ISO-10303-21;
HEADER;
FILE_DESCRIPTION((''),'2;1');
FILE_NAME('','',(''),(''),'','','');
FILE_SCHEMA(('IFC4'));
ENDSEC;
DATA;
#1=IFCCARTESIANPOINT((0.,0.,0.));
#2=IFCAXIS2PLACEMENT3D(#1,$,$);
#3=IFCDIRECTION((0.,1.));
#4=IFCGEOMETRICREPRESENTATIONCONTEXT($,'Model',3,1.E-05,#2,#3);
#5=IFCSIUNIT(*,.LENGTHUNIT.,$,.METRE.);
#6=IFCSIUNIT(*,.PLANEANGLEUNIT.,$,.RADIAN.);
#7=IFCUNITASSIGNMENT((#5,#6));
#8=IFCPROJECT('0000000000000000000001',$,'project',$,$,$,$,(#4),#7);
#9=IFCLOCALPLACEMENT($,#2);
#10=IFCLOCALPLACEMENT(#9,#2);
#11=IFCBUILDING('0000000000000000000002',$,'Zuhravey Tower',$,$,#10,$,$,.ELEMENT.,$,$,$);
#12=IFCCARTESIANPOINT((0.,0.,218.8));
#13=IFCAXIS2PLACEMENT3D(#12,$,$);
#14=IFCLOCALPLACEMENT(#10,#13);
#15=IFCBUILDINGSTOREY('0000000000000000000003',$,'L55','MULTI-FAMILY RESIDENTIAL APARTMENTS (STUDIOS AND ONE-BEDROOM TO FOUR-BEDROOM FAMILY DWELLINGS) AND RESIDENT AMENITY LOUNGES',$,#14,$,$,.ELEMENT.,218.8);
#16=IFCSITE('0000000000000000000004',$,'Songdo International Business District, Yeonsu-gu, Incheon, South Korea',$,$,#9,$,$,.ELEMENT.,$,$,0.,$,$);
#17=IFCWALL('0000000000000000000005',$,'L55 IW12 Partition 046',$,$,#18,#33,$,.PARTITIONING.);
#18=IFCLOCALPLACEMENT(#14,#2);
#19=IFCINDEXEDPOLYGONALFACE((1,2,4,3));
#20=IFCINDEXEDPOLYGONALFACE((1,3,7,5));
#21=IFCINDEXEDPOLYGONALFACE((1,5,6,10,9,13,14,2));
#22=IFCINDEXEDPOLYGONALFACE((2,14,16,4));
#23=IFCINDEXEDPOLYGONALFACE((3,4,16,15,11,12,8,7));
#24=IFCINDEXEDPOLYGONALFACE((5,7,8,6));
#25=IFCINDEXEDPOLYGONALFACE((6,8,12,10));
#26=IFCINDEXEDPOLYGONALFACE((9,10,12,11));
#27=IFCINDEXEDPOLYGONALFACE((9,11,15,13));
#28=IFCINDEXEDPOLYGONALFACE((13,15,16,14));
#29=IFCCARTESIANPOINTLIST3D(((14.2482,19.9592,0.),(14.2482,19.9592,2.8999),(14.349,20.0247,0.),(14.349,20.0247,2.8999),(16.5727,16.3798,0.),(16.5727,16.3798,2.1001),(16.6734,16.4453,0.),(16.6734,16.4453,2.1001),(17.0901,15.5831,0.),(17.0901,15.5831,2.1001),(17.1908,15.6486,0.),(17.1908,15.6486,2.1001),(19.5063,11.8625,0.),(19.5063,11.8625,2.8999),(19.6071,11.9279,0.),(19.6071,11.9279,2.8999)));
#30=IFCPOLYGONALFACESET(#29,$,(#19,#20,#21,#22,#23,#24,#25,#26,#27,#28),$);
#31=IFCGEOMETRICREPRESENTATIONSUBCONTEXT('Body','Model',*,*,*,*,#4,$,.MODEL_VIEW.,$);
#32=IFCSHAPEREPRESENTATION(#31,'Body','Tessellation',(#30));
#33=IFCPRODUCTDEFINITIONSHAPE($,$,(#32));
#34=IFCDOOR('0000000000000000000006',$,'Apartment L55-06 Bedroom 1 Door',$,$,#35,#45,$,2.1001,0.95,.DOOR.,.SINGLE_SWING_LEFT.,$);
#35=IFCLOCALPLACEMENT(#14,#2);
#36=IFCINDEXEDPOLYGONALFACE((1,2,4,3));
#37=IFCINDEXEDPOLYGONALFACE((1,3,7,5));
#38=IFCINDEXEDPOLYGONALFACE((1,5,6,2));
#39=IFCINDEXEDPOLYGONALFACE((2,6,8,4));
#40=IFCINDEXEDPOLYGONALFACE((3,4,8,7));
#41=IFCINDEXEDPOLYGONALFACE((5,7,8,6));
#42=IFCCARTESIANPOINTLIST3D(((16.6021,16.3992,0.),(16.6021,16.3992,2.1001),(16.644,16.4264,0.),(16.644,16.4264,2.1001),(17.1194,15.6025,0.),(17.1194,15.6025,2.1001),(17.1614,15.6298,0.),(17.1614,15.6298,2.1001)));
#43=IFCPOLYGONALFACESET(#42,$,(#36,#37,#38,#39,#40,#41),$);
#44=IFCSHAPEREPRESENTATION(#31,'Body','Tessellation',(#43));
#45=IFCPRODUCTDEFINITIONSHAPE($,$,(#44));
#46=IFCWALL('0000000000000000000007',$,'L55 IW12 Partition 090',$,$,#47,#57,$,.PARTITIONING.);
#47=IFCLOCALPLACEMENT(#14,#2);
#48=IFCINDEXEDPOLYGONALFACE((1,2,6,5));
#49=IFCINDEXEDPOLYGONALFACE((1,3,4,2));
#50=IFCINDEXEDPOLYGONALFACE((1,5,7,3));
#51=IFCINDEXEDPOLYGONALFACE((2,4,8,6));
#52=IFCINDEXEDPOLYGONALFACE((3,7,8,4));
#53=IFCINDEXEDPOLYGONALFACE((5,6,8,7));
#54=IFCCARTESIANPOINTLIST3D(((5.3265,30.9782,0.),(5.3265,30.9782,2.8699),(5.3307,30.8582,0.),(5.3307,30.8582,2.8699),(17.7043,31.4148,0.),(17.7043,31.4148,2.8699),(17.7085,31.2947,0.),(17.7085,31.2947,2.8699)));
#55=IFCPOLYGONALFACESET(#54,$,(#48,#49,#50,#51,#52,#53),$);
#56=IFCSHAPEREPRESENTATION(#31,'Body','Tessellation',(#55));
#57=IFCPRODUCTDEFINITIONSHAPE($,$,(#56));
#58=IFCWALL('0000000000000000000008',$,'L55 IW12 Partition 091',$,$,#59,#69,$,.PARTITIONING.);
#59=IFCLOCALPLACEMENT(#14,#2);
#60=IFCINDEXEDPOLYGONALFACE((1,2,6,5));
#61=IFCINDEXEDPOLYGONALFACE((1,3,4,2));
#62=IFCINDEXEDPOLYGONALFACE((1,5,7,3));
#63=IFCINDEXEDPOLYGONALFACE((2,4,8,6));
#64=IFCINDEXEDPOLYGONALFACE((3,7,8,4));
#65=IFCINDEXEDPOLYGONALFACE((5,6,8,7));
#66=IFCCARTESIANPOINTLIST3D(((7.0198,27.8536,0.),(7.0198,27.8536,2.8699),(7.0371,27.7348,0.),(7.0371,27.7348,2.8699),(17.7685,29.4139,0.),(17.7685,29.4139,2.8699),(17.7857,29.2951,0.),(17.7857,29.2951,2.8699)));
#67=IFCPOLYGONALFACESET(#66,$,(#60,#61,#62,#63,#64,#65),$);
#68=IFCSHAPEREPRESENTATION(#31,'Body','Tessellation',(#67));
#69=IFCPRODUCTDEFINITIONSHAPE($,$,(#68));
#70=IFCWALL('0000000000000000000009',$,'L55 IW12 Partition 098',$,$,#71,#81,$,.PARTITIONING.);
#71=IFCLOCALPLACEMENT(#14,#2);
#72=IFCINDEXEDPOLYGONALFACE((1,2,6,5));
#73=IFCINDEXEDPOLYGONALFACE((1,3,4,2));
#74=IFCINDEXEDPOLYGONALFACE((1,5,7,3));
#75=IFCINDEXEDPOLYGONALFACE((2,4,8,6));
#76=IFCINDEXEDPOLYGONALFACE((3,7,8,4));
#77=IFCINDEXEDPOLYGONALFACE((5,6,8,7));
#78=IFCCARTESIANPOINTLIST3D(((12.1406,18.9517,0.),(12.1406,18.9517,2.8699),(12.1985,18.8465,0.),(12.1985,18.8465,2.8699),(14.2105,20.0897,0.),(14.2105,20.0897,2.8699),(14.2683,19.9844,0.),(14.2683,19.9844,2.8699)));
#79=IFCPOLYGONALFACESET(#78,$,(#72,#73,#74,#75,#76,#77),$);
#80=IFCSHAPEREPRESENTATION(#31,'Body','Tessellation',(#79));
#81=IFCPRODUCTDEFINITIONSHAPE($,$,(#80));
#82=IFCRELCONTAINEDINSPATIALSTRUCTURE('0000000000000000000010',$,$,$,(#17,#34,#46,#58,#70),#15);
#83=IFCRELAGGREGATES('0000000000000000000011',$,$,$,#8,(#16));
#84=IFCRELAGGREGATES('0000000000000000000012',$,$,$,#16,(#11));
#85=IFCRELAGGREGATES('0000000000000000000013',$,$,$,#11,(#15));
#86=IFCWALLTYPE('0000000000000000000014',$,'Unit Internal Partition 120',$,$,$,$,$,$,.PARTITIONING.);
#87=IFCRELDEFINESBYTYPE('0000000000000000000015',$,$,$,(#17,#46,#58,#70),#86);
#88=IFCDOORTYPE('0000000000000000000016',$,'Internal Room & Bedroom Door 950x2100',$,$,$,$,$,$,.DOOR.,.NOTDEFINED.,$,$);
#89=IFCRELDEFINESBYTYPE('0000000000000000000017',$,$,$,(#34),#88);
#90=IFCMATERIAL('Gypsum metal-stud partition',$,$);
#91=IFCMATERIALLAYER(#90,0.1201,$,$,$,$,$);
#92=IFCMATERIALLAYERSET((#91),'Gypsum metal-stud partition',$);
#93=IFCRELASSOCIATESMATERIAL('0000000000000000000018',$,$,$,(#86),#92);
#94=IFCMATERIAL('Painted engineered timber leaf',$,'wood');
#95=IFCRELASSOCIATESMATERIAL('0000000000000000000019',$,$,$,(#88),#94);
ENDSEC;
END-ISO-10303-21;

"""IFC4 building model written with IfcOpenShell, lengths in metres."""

from ifc_helpers import new_model, si_unit, direction, frame, frame_2d, origin, place, context, subcontext, project, spatial, rectangle, extrude, material, layer, layer_set, type_object, element, fill, save


model = new_model("IFC4")

# Units and contexts
model_context = context("Model", 3, precision=1e-05, world=origin(), true_north=direction((0.0, 1.0)))
body_context = subcontext(model_context, "Body", "Model", "MODEL_VIEW")
ifc_project = project(units=[si_unit("LENGTHUNIT", "METRE"), si_unit("PLANEANGLEUNIT", "RADIAN")], contexts=[model_context])

# Site, building, storey
site_placement = place(None, origin())
site = spatial("IfcSite", under=ifc_project, at=site_placement, Name="Songdo International Business District, Yeonsu-gu, Incheon, South Korea", CompositionType="ELEMENT", RefElevation=0.0)
building_placement = place(site_placement, origin())
building = spatial("IfcBuilding", under=site, at=building_placement, Name="Zuhravey Tower", CompositionType="ELEMENT")
storey_placement = place(building_placement, frame((0.0, 0.0, 218.8)))
storey = spatial("IfcBuildingStorey", under=building, at=storey_placement, Name="L55", Description="MULTI-FAMILY RESIDENTIAL APARTMENTS (STUDIOS AND ONE-BEDROOM TO FOUR-BEDROOM FAMILY DWELLINGS) AND RESIDENT AMENITY LOUNGES", CompositionType="ELEMENT", Elevation=218.8)

# Wall, opening, door
ifc_material_1 = material(Name="Gypsum metal-stud partition")
ifc_layer_1 = layer(ifc_material_1, 0.1201)
ifc_layer_set_1 = layer_set([ifc_layer_1], Name="Gypsum metal-stud partition")
wall_type_1 = type_object("IfcWallType", Name="Unit Internal Partition 120", PredefinedType="PARTITIONING", material=ifc_layer_set_1)
wall_1_placement = place(storey_placement, frame((14.2986, 19.9919, 0.0), z_axis=(0.0, 0.0, 1.0), x_axis=(0.54464, -0.83867, 0.0)))
wall_1 = element("IfcWall", 1, at=wall_1_placement, inside=storey, type_object=wall_type_1, Name="L55 IW12 Partition 046", PredefinedType="PARTITIONING", context=body_context, shape_type="SweptSolid", body=[
    extrude(rectangle(XDim=9.6543, YDim=0.1201, at=frame_2d((4.8271, 0.0))), origin(), (0.0, 0.0, 1.0), 2.8999),
])
opening_1_placement = place(wall_1_placement, frame((4.2678, 0.0, 0.0)))
opening_1 = element("IfcOpeningElement", 2, at=opening_1_placement, cuts=wall_1, PredefinedType="OPENING", context=body_context, shape_type="SweptSolid", body=[
    extrude(rectangle(XDim=0.95, YDim=2.1001, at=frame_2d((0.4751, 1.05))), frame((0.0, 0.072, 0.0), z_axis=(0.0, -1.0, 0.0), x_axis=(1.0, 0.0, 0.0)), (0.0, 0.0, 1.0), 0.144),
])
ifc_material_2 = material(Name="Painted engineered timber leaf", Category="wood")
door_type = type_object("IfcDoorType", Name="Internal Room & Bedroom Door 950x2100", OperationType="NOTDEFINED", PredefinedType="DOOR", material=ifc_material_2)
door_placement = place(opening_1_placement, frame((0.95, 0.0, 0.0), z_axis=(0.0, 0.0, 1.0), x_axis=(-1.0, 0.0, 0.0)))
door = element("IfcDoor", 3, at=door_placement, inside=storey, type_object=door_type, Name="Apartment L55-06 Bedroom 1 Door", OperationType="SINGLE_SWING_LEFT", OverallHeight=2.1001, OverallWidth=0.95, PredefinedType="DOOR", context=body_context, shape_type="SweptSolid", body=[
    extrude(rectangle(XDim=0.95, YDim=2.1001, at=frame_2d((0.4751, 1.05))), frame((0.0, 0.0249, 0.0), z_axis=(0.0, -1.0, 0.0), x_axis=(1.0, 0.0, 0.0)), (0.0, 0.0, 1.0), 0.05),
])
fill(opening_1, door)

# Walls
wall_2_placement = place(storey_placement, frame((17.7065, 31.3547, 0.0), z_axis=(0.0, 0.0, 1.0), x_axis=(-0.999379, -0.035245, 0.0)))
element("IfcWall", 4, at=wall_2_placement, inside=storey, type_object=wall_type_1, Name="L55 IW12 Partition 090", PredefinedType="PARTITIONING", context=body_context, shape_type="SweptSolid", body=[
    extrude(rectangle(XDim=12.3855, YDim=0.1201, at=frame_2d((6.1929, 0.0))), origin(), (0.0, 0.0, 1.0), 2.8699),
])
wall_3_placement = place(storey_placement, frame((17.7771, 29.3545, 0.0), z_axis=(0.0, 0.0, 1.0), x_axis=(-0.989628, -0.143655, 0.0)))
element("IfcWall", 5, at=wall_3_placement, inside=storey, type_object=wall_type_1, Name="L55 IW12 Partition 091", PredefinedType="PARTITIONING", context=body_context, shape_type="SweptSolid", body=[
    extrude(rectangle(XDim=10.8613, YDim=0.1201, at=frame_2d((5.4307, 0.0))), origin(), (0.0, 0.0, 1.0), 2.8699),
])
wall_4_placement = place(storey_placement, frame((14.2395, 20.0371, 0.0), z_axis=(0.0, 0.0, 1.0), x_axis=(-0.876299, -0.481768, 0.0)))
element("IfcWall", 6, at=wall_4_placement, inside=storey, type_object=wall_type_1, Name="L55 IW12 Partition 098", PredefinedType="PARTITIONING", context=body_context, shape_type="SweptSolid", body=[
    extrude(rectangle(XDim=2.3621, YDim=0.1201, at=frame_2d((1.1812, 0.0))), origin(), (0.0, 0.0, 1.0), 2.8699),
])

save(model, "model.ifc")
